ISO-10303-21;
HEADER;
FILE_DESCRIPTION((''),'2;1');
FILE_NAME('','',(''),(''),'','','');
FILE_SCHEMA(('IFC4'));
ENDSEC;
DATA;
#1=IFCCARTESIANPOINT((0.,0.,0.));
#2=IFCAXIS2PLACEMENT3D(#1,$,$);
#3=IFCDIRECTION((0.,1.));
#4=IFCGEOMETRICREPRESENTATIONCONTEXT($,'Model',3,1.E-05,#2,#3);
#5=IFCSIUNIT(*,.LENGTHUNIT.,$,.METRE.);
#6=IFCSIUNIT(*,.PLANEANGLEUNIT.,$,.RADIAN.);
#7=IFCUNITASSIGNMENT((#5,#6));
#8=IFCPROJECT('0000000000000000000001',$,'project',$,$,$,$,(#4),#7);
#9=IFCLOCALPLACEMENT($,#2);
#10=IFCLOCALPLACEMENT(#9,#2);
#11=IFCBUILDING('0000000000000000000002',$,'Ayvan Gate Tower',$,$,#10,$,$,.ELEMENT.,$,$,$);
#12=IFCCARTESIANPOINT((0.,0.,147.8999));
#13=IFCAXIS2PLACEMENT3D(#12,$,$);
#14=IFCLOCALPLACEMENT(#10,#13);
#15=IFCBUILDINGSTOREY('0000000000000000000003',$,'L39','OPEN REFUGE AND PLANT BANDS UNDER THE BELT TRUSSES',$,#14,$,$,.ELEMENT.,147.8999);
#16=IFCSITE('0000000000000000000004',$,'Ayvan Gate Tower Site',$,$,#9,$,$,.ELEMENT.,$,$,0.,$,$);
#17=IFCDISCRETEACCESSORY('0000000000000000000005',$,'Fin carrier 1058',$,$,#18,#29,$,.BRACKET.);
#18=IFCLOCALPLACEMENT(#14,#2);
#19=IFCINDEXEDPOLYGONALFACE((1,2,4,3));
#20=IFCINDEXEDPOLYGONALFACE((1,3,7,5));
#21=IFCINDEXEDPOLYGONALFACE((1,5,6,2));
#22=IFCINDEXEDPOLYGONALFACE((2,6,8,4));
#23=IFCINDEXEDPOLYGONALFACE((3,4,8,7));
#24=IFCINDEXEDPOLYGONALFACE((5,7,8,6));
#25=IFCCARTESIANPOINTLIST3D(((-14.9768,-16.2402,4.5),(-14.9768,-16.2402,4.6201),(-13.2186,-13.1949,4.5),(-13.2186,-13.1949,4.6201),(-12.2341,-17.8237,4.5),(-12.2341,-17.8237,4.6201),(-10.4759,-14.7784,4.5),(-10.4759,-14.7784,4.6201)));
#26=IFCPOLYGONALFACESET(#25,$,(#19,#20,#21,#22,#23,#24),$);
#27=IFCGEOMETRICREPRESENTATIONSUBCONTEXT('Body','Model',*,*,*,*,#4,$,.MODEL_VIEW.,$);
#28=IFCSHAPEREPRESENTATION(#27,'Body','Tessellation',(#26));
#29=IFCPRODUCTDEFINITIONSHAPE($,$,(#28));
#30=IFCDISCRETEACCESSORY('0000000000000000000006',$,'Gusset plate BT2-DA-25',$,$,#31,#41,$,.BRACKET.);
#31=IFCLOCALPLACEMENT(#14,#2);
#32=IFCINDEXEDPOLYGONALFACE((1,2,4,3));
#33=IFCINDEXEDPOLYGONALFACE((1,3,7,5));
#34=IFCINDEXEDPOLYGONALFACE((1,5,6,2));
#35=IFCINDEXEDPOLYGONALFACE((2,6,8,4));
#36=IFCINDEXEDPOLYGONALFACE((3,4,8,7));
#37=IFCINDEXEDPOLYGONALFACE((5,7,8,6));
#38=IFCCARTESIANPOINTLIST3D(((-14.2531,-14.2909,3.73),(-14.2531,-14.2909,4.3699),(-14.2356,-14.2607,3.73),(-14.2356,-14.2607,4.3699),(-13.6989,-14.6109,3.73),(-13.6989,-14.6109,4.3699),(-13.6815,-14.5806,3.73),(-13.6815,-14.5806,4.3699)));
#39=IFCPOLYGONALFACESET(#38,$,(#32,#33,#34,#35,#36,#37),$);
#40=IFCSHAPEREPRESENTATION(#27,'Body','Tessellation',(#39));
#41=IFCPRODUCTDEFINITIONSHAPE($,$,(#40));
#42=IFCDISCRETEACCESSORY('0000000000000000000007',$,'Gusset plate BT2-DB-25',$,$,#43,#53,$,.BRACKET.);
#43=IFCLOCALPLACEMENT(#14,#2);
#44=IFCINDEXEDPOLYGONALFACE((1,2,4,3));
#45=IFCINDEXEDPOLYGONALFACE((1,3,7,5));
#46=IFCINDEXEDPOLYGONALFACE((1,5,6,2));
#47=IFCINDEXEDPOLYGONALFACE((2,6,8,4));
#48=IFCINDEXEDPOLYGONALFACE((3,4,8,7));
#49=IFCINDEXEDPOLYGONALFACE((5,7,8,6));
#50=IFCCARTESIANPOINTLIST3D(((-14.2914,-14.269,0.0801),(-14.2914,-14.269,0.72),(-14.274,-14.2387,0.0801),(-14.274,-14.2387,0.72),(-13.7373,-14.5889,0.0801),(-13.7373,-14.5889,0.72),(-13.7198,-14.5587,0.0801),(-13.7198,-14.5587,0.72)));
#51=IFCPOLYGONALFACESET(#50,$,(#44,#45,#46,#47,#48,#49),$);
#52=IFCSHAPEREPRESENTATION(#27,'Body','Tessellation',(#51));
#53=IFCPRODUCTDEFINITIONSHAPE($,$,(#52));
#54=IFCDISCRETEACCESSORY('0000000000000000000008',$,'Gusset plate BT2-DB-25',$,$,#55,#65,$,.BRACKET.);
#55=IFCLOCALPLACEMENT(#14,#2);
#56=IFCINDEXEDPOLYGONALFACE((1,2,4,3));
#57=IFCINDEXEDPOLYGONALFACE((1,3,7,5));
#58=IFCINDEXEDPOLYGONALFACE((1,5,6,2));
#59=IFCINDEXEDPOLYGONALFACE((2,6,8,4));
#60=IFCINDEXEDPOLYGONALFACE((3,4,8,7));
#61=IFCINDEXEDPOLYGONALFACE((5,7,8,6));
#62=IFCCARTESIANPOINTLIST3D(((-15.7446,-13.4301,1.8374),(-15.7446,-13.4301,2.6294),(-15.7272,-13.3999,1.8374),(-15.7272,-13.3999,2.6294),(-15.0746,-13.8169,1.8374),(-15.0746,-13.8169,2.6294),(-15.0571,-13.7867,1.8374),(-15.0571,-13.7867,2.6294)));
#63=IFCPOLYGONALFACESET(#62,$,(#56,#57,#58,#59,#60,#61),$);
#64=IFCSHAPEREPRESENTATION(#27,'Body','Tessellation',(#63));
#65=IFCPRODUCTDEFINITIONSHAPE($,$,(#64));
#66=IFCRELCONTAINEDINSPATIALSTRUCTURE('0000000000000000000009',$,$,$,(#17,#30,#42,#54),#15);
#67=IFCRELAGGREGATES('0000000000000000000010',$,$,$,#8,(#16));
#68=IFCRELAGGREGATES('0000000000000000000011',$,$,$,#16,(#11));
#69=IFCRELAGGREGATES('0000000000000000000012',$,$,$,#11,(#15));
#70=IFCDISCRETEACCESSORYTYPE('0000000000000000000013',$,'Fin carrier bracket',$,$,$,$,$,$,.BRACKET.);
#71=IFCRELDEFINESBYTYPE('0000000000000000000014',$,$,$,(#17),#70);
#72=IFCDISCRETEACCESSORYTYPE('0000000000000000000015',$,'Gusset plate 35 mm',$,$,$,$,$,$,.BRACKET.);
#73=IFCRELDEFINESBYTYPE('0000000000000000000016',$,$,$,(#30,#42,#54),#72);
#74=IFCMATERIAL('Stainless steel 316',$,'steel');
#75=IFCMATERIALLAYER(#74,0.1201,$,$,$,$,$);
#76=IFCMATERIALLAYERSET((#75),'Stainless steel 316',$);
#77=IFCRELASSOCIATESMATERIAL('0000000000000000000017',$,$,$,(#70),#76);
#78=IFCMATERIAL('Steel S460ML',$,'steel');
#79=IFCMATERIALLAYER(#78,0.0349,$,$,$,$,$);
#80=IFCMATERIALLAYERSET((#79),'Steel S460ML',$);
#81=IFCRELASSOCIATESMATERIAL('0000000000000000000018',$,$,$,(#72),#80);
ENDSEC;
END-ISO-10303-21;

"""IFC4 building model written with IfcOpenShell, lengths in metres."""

from ifc_helpers import new_model, si_unit, direction, frame, origin, origin_2d, place, context, subcontext, project, spatial, rectangle, extrude, material, layer, layer_set, type_object, element, save


model = new_model("IFC4")

# Units and contexts
model_context = context("Model", 3, precision=1e-05, world=origin(), true_north=direction((0.0, 1.0)))
body_context = subcontext(model_context, "Body", "Model", "MODEL_VIEW")
ifc_project = project(units=[si_unit("LENGTHUNIT", "METRE"), si_unit("PLANEANGLEUNIT", "RADIAN")], contexts=[model_context])

# Site, building, storey
site_placement = place(None, origin())
site = spatial("IfcSite", under=ifc_project, at=site_placement, Name="Ayvan Gate Tower Site", CompositionType="ELEMENT", RefElevation=0.0)
building_placement = place(site_placement, origin())
building = spatial("IfcBuilding", under=site, at=building_placement, Name="Ayvan Gate Tower", CompositionType="ELEMENT")
storey_placement = place(building_placement, frame((0.0, 0.0, 147.8999)))
storey = spatial("IfcBuildingStorey", under=building, at=storey_placement, Name="L39", Description="OPEN REFUGE AND PLANT BANDS UNDER THE BELT TRUSSES", CompositionType="ELEMENT", Elevation=147.8999)

# Shared definitions
ifc_material_1 = material(Name="Steel S460ML", Category="steel")

# Discrete accessories
ifc_material_2 = material(Name="Stainless steel 316", Category="steel")
ifc_layer_1 = layer(ifc_material_2, 0.1201)
ifc_layer_set_1 = layer_set([ifc_layer_1], Name="Stainless steel 316")
discrete_accessory_type_1 = type_object("IfcDiscreteAccessoryType", Name="Fin carrier bracket", PredefinedType="BRACKET", material=ifc_layer_set_1)
discrete_accessory_1_placement = place(storey_placement, frame((-12.7263, -15.5093, 4.5), z_axis=(0.0, 0.0, 1.0), x_axis=(0.866025, -0.5, 0.0)))
element("IfcDiscreteAccessory", 1, at=discrete_accessory_1_placement, inside=storey, type_object=discrete_accessory_type_1, Name="Fin carrier 1058", PredefinedType="BRACKET", context=body_context, shape_type="SweptSolid", body=[
    extrude(rectangle(XDim=3.167, YDim=3.5164, at=origin_2d()), origin(), (0.0, 0.0, 1.0), 0.1201),
])
ifc_layer_2 = layer(ifc_material_1, 0.0349)
ifc_layer_set_2 = layer_set([ifc_layer_2], Name="Steel S460ML")
discrete_accessory_type_2 = type_object("IfcDiscreteAccessoryType", Name="Gusset plate 35 mm", PredefinedType="BRACKET", material=ifc_layer_set_2)
for number, where, z_axis, x_axis, name in (
    (2, (-13.9673, -14.4358, 3.73), (0.0, 0.0, 1.0), (-0.866025, 0.5, 0.0), "Gusset plate BT2-DA-25"),
    (3, (-14.0056, -14.4138, 0.0801), (0.0, 0.0, 1.0), (-0.866025, 0.5, 0.0), "Gusset plate BT2-DB-25"),
):
    element("IfcDiscreteAccessory", number, at=place(storey_placement, frame(where, z_axis=z_axis, x_axis=x_axis)), inside=storey, type_object=discrete_accessory_type_2, Name=name, PredefinedType="BRACKET", context=body_context, shape_type="SweptSolid", body=[
        extrude(rectangle(XDim=0.6399, YDim=0.0349, at=origin_2d()), origin(), (0.0, 0.0, 1.0), 0.6399),
    ])
discrete_accessory_2_placement = place(storey_placement, frame((-15.4009, -13.6084, 1.8374), z_axis=(0.0, 0.0, 1.0), x_axis=(-0.866025, 0.5, 0.0)))
element("IfcDiscreteAccessory", 4, at=discrete_accessory_2_placement, inside=storey, type_object=discrete_accessory_type_2, Name="Gusset plate BT2-DB-25", PredefinedType="BRACKET", context=body_context, shape_type="SweptSolid", body=[
    extrude(rectangle(XDim=0.7737, YDim=0.0349, at=origin_2d()), origin(), (0.0, 0.0, 1.0), 0.792),
])

save(model, "model.ifc")
